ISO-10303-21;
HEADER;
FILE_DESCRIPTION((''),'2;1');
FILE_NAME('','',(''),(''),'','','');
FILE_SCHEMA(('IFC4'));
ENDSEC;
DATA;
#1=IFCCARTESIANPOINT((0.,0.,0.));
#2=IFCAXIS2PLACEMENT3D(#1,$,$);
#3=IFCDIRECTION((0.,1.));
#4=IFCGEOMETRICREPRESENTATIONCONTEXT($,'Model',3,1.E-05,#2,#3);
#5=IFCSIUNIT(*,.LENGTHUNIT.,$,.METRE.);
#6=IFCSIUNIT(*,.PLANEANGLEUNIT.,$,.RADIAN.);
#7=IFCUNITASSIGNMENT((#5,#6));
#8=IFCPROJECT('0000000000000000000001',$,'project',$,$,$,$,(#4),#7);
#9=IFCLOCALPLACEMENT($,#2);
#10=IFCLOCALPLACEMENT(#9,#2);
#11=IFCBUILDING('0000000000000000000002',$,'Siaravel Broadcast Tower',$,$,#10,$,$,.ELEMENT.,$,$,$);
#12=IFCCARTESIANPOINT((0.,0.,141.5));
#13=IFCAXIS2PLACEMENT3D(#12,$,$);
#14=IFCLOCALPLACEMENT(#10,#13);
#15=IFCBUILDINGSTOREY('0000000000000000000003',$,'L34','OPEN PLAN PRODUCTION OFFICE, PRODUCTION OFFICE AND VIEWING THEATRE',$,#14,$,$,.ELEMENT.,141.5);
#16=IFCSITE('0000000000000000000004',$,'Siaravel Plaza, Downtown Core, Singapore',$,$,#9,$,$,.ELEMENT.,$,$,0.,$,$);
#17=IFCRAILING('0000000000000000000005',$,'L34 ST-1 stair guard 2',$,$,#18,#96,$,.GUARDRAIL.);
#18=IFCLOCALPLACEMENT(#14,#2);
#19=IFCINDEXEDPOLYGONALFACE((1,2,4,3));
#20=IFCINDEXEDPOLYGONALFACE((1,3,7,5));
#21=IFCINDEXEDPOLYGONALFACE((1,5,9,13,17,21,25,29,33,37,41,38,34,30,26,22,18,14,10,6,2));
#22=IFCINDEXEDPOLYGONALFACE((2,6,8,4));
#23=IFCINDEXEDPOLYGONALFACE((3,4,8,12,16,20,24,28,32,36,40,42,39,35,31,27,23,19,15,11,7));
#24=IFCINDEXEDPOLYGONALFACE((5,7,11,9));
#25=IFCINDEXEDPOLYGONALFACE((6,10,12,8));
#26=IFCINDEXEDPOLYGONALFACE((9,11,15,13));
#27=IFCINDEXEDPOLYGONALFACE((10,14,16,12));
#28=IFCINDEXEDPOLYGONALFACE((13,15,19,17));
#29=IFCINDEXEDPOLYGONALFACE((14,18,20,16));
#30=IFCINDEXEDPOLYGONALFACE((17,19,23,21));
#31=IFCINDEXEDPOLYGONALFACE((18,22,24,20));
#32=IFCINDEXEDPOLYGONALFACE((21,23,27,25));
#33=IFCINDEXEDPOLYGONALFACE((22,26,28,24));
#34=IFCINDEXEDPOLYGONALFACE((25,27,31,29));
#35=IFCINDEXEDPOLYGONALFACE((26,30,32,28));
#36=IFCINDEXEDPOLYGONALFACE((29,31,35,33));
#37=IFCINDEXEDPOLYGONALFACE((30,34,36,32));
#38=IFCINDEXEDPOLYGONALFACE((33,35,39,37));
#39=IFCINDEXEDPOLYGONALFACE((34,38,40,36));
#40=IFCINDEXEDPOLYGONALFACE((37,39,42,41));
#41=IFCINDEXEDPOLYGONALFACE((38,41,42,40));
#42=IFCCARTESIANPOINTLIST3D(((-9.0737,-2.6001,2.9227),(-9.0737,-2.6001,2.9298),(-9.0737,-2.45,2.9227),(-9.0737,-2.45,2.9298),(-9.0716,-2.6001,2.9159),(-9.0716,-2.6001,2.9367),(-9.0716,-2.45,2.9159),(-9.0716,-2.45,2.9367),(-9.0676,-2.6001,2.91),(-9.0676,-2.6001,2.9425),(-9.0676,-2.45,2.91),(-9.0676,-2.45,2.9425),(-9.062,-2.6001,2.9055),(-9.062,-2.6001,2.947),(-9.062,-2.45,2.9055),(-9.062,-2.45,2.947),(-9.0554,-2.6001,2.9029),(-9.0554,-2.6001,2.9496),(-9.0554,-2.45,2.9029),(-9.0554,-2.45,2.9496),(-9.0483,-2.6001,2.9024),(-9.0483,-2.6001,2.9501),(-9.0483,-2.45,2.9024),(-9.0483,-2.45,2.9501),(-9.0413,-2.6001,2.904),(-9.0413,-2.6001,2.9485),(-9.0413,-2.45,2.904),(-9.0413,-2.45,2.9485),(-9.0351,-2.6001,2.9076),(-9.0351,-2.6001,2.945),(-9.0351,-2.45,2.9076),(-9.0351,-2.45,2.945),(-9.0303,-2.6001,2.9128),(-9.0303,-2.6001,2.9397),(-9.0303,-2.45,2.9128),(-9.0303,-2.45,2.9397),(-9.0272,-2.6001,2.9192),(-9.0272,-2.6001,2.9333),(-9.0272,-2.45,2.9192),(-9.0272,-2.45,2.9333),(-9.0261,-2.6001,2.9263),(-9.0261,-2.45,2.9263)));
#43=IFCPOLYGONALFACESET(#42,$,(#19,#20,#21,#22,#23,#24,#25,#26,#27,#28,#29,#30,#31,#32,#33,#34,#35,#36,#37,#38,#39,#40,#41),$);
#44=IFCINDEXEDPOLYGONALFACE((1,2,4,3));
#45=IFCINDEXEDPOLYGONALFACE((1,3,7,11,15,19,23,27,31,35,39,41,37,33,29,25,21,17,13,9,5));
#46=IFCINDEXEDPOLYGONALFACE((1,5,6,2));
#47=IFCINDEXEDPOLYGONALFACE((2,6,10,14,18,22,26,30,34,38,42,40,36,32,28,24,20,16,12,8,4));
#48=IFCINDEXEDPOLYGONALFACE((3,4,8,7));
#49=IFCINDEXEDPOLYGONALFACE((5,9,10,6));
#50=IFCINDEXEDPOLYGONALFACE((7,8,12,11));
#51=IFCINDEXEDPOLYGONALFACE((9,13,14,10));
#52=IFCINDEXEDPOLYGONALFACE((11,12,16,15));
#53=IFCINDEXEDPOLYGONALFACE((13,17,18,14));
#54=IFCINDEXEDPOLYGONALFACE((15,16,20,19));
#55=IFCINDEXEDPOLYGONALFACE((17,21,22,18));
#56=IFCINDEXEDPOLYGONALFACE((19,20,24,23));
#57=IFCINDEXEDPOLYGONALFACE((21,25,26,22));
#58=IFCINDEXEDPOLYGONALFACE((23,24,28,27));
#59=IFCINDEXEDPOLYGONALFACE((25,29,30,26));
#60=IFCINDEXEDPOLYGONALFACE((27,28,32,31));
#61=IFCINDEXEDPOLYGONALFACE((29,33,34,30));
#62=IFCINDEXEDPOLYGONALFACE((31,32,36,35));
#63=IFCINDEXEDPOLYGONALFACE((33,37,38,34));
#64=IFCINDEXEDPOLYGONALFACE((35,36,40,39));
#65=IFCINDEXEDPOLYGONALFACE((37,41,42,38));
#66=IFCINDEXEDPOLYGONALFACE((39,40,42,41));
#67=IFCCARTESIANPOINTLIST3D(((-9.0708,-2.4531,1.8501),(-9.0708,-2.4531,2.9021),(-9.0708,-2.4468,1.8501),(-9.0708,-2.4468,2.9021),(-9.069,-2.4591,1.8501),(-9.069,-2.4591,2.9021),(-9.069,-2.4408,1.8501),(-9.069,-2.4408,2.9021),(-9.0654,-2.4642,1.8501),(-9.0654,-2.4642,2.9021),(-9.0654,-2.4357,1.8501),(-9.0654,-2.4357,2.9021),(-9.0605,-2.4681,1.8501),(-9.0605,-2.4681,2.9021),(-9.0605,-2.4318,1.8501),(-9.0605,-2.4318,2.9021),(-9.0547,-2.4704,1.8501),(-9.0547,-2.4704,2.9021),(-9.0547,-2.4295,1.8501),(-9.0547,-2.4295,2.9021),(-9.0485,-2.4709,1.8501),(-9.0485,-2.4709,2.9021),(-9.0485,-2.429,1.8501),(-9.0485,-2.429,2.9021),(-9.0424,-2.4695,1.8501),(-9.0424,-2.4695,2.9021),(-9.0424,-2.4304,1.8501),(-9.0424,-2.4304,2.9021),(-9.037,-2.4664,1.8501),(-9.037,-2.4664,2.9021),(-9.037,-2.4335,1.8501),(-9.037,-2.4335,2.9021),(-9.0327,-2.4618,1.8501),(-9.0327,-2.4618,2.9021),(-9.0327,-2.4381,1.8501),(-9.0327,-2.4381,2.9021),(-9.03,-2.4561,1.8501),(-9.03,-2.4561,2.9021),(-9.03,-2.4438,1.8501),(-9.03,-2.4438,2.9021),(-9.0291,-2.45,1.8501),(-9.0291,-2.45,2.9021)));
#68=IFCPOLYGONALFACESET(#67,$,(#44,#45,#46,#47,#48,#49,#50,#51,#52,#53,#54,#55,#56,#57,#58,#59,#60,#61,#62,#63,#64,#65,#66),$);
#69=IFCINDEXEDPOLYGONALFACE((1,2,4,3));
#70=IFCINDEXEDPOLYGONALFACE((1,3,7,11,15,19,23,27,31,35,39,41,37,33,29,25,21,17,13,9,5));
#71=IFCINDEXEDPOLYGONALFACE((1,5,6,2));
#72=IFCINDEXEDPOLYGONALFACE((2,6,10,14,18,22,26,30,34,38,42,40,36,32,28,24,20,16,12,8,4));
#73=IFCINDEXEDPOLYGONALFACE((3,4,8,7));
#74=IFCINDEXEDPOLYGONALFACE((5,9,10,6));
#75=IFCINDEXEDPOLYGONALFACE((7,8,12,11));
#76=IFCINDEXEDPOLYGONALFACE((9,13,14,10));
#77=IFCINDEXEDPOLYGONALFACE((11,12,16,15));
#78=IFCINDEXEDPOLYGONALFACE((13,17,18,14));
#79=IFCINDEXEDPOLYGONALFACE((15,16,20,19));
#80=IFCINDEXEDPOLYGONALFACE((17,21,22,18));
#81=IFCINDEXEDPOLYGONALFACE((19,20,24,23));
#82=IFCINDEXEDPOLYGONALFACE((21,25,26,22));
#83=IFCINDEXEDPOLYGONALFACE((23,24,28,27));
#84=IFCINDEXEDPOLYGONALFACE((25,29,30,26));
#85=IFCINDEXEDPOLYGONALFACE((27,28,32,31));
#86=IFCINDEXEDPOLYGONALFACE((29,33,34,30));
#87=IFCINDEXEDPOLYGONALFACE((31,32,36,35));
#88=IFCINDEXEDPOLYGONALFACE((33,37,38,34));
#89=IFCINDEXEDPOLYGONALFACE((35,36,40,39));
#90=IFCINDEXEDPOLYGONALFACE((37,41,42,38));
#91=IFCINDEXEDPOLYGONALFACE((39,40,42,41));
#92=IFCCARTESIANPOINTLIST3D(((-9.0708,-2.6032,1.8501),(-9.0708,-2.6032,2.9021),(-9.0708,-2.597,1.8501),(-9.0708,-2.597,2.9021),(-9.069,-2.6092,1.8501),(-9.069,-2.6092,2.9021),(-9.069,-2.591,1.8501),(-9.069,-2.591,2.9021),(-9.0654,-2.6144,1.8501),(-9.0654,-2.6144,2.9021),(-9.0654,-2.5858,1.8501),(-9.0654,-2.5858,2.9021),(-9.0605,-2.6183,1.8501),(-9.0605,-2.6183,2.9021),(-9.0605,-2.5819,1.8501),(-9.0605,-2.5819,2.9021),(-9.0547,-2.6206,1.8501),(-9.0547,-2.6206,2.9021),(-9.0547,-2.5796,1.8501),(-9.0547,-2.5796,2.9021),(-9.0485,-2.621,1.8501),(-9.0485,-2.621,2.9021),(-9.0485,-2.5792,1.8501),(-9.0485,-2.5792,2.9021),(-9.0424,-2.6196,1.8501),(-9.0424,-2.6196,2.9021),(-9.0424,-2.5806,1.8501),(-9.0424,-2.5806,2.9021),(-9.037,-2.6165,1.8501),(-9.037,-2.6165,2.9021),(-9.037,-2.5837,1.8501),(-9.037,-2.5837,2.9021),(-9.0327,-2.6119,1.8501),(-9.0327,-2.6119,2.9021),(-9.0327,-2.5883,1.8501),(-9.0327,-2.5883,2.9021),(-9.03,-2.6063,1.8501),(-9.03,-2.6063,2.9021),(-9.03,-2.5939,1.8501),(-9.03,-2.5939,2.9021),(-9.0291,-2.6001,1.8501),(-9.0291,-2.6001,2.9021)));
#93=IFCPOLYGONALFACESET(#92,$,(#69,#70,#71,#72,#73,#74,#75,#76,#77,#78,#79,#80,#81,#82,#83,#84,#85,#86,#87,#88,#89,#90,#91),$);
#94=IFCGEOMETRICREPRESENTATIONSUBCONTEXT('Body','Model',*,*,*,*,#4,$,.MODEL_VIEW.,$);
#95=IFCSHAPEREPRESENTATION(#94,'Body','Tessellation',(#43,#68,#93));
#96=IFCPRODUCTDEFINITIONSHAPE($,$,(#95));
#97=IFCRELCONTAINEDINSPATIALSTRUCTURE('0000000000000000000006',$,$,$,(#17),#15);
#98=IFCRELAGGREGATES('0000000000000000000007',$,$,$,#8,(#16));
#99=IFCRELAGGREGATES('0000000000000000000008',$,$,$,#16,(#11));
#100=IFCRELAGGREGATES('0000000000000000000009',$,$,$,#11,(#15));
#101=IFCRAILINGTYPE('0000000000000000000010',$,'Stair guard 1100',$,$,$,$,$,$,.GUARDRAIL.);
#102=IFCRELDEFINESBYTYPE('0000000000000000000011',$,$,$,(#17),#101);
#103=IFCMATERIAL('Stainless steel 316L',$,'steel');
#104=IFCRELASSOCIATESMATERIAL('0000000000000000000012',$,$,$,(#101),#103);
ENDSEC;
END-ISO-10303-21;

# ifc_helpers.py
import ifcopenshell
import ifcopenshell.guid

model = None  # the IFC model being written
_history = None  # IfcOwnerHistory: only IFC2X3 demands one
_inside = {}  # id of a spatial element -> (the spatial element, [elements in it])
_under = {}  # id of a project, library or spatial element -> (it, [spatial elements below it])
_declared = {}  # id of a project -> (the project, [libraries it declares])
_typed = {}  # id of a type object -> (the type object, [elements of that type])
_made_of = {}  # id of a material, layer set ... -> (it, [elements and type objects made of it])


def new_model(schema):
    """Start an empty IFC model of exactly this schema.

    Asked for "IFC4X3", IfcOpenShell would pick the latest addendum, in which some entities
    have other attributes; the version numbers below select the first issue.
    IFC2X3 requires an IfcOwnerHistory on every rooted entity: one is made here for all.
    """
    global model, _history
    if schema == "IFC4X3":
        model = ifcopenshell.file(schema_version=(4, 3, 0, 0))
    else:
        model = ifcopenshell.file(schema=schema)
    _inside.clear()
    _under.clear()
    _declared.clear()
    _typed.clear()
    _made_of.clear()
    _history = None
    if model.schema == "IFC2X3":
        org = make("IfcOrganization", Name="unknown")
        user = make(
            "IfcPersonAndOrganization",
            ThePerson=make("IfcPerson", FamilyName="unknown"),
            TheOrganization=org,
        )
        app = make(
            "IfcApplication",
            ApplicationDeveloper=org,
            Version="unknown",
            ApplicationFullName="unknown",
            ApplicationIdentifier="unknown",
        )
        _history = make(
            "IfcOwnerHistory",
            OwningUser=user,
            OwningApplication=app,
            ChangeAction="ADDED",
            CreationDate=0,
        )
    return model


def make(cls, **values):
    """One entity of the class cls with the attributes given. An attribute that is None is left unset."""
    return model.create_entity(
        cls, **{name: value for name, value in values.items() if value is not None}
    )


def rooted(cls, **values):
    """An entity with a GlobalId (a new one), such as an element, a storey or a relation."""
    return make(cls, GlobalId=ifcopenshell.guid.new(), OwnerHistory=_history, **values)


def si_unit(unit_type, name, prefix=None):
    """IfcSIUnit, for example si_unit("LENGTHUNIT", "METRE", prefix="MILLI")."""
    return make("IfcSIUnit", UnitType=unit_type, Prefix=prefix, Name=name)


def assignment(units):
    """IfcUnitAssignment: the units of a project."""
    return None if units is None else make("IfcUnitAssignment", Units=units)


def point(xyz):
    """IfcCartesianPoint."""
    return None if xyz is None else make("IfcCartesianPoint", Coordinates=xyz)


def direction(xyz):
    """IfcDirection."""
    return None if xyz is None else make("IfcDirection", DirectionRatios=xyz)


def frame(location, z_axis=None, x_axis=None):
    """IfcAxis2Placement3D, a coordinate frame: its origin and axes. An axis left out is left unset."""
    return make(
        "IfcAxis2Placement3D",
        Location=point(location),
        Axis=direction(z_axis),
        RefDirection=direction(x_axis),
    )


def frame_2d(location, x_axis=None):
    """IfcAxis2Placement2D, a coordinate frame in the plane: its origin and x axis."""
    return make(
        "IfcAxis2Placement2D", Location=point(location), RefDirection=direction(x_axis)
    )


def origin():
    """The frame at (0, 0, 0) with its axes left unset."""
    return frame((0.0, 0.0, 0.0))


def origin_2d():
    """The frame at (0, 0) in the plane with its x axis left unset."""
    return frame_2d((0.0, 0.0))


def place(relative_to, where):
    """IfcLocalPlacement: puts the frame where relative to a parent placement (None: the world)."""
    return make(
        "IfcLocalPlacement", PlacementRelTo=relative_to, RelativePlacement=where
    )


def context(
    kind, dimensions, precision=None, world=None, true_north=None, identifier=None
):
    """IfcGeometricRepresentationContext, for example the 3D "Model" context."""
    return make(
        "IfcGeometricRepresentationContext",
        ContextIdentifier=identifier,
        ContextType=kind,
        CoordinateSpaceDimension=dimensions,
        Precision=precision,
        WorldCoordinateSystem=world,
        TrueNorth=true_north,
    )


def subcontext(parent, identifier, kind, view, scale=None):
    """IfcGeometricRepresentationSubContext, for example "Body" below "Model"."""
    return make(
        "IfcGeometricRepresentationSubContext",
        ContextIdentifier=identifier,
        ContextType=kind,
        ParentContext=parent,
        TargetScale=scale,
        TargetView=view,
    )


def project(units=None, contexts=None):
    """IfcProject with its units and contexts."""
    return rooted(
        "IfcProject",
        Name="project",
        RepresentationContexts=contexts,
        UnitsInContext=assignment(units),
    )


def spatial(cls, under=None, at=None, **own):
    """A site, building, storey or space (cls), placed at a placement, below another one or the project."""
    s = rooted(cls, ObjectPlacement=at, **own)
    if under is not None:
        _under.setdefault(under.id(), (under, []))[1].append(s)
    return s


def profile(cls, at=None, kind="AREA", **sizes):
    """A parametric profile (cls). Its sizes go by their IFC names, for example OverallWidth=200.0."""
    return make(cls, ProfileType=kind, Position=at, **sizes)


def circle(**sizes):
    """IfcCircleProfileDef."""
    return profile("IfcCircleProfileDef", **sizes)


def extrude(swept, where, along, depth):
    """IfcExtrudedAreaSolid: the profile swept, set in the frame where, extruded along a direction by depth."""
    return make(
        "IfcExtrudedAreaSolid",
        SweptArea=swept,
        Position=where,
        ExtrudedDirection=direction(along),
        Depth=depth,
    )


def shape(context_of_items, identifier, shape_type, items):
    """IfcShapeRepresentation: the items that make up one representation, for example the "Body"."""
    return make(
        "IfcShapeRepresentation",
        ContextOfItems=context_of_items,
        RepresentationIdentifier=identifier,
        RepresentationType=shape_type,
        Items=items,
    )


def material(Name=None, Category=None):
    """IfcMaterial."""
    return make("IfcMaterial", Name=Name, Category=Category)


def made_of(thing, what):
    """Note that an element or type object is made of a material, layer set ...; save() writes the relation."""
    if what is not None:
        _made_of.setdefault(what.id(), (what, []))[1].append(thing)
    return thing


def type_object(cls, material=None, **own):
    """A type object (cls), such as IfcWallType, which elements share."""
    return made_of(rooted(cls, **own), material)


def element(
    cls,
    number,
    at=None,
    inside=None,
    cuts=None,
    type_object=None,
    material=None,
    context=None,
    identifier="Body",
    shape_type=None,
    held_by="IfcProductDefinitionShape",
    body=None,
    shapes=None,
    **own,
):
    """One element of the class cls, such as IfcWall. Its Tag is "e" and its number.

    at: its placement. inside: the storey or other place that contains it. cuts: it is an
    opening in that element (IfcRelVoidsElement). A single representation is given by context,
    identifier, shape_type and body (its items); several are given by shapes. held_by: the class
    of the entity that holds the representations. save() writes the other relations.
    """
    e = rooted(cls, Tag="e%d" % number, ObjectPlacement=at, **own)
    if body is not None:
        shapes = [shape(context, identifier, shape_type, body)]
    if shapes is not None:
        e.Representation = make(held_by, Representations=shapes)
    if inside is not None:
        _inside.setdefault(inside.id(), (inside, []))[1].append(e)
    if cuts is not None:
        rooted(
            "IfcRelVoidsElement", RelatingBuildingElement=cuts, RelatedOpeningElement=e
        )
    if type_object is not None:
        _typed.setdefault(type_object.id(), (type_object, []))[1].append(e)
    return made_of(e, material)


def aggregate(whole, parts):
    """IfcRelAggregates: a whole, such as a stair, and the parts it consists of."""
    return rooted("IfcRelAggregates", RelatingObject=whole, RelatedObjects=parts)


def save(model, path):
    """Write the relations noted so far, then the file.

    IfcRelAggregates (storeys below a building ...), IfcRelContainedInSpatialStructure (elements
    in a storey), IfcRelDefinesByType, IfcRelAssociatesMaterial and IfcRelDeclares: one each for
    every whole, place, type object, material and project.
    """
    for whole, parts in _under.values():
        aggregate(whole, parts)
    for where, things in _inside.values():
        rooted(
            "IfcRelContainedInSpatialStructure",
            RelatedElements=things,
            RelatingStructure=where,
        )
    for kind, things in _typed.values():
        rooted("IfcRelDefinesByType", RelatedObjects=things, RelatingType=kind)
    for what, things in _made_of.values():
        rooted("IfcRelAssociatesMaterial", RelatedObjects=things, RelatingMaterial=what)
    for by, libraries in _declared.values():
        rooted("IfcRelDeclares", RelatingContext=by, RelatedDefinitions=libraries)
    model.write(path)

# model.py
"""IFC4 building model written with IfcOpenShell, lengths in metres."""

from ifc_helpers import new_model, si_unit, direction, frame, origin, origin_2d, place, context, subcontext, project, spatial, circle, extrude, material, type_object, element, save


model = new_model("IFC4")

# Units and contexts
model_context = context("Model", 3, precision=1e-05, world=origin(), true_north=direction((0.0, 1.0)))
body_context = subcontext(model_context, "Body", "Model", "MODEL_VIEW")
ifc_project = project(units=[si_unit("LENGTHUNIT", "METRE"), si_unit("PLANEANGLEUNIT", "RADIAN")], contexts=[model_context])

# Site, building, storey
site_placement = place(None, origin())
site = spatial("IfcSite", under=ifc_project, at=site_placement, Name="Siaravel Plaza, Downtown Core, Singapore", CompositionType="ELEMENT", RefElevation=0.0)
building_placement = place(site_placement, origin())
building = spatial("IfcBuilding", under=site, at=building_placement, Name="Siaravel Broadcast Tower", CompositionType="ELEMENT")
storey_placement = place(building_placement, frame((0.0, 0.0, 141.5)))
storey = spatial("IfcBuildingStorey", under=building, at=storey_placement, Name="L34", Description="OPEN PLAN PRODUCTION OFFICE, PRODUCTION OFFICE AND VIEWING THEATRE", CompositionType="ELEMENT", Elevation=141.5)

# Shared definitions
ifc_material_1 = material(Name="Stainless steel 316L", Category="steel")

# Railing
railing_type_1 = type_object("IfcRailingType", Name="Stair guard 1100", PredefinedType="GUARDRAIL", material=ifc_material_1)
railing_1_placement = place(storey_placement, frame((-9.05, -2.45, 1.8501)))
element("IfcRailing", 1, at=railing_1_placement, inside=storey, type_object=railing_type_1, Name="L34 ST-1 stair guard 2", PredefinedType="GUARDRAIL", context=body_context, shape_type="SweptSolid", body=[
    extrude(circle(Radius=0.0239, at=origin_2d()), frame((0.0, 0.0, 1.0762), z_axis=(0.0, -1.0, 0.0), x_axis=(1.0, 0.0, 0.0)), (0.0, 0.0, 1.0), 0.1501),
    extrude(circle(Radius=0.021, at=origin_2d()), origin(), (0.0, 0.0, 1.0), 1.052),
    extrude(circle(Radius=0.021, at=origin_2d()), frame((0.0, -0.1501, 0.0)), (0.0, 0.0, 1.0), 1.052),
])

save(model, "model.ifc")
